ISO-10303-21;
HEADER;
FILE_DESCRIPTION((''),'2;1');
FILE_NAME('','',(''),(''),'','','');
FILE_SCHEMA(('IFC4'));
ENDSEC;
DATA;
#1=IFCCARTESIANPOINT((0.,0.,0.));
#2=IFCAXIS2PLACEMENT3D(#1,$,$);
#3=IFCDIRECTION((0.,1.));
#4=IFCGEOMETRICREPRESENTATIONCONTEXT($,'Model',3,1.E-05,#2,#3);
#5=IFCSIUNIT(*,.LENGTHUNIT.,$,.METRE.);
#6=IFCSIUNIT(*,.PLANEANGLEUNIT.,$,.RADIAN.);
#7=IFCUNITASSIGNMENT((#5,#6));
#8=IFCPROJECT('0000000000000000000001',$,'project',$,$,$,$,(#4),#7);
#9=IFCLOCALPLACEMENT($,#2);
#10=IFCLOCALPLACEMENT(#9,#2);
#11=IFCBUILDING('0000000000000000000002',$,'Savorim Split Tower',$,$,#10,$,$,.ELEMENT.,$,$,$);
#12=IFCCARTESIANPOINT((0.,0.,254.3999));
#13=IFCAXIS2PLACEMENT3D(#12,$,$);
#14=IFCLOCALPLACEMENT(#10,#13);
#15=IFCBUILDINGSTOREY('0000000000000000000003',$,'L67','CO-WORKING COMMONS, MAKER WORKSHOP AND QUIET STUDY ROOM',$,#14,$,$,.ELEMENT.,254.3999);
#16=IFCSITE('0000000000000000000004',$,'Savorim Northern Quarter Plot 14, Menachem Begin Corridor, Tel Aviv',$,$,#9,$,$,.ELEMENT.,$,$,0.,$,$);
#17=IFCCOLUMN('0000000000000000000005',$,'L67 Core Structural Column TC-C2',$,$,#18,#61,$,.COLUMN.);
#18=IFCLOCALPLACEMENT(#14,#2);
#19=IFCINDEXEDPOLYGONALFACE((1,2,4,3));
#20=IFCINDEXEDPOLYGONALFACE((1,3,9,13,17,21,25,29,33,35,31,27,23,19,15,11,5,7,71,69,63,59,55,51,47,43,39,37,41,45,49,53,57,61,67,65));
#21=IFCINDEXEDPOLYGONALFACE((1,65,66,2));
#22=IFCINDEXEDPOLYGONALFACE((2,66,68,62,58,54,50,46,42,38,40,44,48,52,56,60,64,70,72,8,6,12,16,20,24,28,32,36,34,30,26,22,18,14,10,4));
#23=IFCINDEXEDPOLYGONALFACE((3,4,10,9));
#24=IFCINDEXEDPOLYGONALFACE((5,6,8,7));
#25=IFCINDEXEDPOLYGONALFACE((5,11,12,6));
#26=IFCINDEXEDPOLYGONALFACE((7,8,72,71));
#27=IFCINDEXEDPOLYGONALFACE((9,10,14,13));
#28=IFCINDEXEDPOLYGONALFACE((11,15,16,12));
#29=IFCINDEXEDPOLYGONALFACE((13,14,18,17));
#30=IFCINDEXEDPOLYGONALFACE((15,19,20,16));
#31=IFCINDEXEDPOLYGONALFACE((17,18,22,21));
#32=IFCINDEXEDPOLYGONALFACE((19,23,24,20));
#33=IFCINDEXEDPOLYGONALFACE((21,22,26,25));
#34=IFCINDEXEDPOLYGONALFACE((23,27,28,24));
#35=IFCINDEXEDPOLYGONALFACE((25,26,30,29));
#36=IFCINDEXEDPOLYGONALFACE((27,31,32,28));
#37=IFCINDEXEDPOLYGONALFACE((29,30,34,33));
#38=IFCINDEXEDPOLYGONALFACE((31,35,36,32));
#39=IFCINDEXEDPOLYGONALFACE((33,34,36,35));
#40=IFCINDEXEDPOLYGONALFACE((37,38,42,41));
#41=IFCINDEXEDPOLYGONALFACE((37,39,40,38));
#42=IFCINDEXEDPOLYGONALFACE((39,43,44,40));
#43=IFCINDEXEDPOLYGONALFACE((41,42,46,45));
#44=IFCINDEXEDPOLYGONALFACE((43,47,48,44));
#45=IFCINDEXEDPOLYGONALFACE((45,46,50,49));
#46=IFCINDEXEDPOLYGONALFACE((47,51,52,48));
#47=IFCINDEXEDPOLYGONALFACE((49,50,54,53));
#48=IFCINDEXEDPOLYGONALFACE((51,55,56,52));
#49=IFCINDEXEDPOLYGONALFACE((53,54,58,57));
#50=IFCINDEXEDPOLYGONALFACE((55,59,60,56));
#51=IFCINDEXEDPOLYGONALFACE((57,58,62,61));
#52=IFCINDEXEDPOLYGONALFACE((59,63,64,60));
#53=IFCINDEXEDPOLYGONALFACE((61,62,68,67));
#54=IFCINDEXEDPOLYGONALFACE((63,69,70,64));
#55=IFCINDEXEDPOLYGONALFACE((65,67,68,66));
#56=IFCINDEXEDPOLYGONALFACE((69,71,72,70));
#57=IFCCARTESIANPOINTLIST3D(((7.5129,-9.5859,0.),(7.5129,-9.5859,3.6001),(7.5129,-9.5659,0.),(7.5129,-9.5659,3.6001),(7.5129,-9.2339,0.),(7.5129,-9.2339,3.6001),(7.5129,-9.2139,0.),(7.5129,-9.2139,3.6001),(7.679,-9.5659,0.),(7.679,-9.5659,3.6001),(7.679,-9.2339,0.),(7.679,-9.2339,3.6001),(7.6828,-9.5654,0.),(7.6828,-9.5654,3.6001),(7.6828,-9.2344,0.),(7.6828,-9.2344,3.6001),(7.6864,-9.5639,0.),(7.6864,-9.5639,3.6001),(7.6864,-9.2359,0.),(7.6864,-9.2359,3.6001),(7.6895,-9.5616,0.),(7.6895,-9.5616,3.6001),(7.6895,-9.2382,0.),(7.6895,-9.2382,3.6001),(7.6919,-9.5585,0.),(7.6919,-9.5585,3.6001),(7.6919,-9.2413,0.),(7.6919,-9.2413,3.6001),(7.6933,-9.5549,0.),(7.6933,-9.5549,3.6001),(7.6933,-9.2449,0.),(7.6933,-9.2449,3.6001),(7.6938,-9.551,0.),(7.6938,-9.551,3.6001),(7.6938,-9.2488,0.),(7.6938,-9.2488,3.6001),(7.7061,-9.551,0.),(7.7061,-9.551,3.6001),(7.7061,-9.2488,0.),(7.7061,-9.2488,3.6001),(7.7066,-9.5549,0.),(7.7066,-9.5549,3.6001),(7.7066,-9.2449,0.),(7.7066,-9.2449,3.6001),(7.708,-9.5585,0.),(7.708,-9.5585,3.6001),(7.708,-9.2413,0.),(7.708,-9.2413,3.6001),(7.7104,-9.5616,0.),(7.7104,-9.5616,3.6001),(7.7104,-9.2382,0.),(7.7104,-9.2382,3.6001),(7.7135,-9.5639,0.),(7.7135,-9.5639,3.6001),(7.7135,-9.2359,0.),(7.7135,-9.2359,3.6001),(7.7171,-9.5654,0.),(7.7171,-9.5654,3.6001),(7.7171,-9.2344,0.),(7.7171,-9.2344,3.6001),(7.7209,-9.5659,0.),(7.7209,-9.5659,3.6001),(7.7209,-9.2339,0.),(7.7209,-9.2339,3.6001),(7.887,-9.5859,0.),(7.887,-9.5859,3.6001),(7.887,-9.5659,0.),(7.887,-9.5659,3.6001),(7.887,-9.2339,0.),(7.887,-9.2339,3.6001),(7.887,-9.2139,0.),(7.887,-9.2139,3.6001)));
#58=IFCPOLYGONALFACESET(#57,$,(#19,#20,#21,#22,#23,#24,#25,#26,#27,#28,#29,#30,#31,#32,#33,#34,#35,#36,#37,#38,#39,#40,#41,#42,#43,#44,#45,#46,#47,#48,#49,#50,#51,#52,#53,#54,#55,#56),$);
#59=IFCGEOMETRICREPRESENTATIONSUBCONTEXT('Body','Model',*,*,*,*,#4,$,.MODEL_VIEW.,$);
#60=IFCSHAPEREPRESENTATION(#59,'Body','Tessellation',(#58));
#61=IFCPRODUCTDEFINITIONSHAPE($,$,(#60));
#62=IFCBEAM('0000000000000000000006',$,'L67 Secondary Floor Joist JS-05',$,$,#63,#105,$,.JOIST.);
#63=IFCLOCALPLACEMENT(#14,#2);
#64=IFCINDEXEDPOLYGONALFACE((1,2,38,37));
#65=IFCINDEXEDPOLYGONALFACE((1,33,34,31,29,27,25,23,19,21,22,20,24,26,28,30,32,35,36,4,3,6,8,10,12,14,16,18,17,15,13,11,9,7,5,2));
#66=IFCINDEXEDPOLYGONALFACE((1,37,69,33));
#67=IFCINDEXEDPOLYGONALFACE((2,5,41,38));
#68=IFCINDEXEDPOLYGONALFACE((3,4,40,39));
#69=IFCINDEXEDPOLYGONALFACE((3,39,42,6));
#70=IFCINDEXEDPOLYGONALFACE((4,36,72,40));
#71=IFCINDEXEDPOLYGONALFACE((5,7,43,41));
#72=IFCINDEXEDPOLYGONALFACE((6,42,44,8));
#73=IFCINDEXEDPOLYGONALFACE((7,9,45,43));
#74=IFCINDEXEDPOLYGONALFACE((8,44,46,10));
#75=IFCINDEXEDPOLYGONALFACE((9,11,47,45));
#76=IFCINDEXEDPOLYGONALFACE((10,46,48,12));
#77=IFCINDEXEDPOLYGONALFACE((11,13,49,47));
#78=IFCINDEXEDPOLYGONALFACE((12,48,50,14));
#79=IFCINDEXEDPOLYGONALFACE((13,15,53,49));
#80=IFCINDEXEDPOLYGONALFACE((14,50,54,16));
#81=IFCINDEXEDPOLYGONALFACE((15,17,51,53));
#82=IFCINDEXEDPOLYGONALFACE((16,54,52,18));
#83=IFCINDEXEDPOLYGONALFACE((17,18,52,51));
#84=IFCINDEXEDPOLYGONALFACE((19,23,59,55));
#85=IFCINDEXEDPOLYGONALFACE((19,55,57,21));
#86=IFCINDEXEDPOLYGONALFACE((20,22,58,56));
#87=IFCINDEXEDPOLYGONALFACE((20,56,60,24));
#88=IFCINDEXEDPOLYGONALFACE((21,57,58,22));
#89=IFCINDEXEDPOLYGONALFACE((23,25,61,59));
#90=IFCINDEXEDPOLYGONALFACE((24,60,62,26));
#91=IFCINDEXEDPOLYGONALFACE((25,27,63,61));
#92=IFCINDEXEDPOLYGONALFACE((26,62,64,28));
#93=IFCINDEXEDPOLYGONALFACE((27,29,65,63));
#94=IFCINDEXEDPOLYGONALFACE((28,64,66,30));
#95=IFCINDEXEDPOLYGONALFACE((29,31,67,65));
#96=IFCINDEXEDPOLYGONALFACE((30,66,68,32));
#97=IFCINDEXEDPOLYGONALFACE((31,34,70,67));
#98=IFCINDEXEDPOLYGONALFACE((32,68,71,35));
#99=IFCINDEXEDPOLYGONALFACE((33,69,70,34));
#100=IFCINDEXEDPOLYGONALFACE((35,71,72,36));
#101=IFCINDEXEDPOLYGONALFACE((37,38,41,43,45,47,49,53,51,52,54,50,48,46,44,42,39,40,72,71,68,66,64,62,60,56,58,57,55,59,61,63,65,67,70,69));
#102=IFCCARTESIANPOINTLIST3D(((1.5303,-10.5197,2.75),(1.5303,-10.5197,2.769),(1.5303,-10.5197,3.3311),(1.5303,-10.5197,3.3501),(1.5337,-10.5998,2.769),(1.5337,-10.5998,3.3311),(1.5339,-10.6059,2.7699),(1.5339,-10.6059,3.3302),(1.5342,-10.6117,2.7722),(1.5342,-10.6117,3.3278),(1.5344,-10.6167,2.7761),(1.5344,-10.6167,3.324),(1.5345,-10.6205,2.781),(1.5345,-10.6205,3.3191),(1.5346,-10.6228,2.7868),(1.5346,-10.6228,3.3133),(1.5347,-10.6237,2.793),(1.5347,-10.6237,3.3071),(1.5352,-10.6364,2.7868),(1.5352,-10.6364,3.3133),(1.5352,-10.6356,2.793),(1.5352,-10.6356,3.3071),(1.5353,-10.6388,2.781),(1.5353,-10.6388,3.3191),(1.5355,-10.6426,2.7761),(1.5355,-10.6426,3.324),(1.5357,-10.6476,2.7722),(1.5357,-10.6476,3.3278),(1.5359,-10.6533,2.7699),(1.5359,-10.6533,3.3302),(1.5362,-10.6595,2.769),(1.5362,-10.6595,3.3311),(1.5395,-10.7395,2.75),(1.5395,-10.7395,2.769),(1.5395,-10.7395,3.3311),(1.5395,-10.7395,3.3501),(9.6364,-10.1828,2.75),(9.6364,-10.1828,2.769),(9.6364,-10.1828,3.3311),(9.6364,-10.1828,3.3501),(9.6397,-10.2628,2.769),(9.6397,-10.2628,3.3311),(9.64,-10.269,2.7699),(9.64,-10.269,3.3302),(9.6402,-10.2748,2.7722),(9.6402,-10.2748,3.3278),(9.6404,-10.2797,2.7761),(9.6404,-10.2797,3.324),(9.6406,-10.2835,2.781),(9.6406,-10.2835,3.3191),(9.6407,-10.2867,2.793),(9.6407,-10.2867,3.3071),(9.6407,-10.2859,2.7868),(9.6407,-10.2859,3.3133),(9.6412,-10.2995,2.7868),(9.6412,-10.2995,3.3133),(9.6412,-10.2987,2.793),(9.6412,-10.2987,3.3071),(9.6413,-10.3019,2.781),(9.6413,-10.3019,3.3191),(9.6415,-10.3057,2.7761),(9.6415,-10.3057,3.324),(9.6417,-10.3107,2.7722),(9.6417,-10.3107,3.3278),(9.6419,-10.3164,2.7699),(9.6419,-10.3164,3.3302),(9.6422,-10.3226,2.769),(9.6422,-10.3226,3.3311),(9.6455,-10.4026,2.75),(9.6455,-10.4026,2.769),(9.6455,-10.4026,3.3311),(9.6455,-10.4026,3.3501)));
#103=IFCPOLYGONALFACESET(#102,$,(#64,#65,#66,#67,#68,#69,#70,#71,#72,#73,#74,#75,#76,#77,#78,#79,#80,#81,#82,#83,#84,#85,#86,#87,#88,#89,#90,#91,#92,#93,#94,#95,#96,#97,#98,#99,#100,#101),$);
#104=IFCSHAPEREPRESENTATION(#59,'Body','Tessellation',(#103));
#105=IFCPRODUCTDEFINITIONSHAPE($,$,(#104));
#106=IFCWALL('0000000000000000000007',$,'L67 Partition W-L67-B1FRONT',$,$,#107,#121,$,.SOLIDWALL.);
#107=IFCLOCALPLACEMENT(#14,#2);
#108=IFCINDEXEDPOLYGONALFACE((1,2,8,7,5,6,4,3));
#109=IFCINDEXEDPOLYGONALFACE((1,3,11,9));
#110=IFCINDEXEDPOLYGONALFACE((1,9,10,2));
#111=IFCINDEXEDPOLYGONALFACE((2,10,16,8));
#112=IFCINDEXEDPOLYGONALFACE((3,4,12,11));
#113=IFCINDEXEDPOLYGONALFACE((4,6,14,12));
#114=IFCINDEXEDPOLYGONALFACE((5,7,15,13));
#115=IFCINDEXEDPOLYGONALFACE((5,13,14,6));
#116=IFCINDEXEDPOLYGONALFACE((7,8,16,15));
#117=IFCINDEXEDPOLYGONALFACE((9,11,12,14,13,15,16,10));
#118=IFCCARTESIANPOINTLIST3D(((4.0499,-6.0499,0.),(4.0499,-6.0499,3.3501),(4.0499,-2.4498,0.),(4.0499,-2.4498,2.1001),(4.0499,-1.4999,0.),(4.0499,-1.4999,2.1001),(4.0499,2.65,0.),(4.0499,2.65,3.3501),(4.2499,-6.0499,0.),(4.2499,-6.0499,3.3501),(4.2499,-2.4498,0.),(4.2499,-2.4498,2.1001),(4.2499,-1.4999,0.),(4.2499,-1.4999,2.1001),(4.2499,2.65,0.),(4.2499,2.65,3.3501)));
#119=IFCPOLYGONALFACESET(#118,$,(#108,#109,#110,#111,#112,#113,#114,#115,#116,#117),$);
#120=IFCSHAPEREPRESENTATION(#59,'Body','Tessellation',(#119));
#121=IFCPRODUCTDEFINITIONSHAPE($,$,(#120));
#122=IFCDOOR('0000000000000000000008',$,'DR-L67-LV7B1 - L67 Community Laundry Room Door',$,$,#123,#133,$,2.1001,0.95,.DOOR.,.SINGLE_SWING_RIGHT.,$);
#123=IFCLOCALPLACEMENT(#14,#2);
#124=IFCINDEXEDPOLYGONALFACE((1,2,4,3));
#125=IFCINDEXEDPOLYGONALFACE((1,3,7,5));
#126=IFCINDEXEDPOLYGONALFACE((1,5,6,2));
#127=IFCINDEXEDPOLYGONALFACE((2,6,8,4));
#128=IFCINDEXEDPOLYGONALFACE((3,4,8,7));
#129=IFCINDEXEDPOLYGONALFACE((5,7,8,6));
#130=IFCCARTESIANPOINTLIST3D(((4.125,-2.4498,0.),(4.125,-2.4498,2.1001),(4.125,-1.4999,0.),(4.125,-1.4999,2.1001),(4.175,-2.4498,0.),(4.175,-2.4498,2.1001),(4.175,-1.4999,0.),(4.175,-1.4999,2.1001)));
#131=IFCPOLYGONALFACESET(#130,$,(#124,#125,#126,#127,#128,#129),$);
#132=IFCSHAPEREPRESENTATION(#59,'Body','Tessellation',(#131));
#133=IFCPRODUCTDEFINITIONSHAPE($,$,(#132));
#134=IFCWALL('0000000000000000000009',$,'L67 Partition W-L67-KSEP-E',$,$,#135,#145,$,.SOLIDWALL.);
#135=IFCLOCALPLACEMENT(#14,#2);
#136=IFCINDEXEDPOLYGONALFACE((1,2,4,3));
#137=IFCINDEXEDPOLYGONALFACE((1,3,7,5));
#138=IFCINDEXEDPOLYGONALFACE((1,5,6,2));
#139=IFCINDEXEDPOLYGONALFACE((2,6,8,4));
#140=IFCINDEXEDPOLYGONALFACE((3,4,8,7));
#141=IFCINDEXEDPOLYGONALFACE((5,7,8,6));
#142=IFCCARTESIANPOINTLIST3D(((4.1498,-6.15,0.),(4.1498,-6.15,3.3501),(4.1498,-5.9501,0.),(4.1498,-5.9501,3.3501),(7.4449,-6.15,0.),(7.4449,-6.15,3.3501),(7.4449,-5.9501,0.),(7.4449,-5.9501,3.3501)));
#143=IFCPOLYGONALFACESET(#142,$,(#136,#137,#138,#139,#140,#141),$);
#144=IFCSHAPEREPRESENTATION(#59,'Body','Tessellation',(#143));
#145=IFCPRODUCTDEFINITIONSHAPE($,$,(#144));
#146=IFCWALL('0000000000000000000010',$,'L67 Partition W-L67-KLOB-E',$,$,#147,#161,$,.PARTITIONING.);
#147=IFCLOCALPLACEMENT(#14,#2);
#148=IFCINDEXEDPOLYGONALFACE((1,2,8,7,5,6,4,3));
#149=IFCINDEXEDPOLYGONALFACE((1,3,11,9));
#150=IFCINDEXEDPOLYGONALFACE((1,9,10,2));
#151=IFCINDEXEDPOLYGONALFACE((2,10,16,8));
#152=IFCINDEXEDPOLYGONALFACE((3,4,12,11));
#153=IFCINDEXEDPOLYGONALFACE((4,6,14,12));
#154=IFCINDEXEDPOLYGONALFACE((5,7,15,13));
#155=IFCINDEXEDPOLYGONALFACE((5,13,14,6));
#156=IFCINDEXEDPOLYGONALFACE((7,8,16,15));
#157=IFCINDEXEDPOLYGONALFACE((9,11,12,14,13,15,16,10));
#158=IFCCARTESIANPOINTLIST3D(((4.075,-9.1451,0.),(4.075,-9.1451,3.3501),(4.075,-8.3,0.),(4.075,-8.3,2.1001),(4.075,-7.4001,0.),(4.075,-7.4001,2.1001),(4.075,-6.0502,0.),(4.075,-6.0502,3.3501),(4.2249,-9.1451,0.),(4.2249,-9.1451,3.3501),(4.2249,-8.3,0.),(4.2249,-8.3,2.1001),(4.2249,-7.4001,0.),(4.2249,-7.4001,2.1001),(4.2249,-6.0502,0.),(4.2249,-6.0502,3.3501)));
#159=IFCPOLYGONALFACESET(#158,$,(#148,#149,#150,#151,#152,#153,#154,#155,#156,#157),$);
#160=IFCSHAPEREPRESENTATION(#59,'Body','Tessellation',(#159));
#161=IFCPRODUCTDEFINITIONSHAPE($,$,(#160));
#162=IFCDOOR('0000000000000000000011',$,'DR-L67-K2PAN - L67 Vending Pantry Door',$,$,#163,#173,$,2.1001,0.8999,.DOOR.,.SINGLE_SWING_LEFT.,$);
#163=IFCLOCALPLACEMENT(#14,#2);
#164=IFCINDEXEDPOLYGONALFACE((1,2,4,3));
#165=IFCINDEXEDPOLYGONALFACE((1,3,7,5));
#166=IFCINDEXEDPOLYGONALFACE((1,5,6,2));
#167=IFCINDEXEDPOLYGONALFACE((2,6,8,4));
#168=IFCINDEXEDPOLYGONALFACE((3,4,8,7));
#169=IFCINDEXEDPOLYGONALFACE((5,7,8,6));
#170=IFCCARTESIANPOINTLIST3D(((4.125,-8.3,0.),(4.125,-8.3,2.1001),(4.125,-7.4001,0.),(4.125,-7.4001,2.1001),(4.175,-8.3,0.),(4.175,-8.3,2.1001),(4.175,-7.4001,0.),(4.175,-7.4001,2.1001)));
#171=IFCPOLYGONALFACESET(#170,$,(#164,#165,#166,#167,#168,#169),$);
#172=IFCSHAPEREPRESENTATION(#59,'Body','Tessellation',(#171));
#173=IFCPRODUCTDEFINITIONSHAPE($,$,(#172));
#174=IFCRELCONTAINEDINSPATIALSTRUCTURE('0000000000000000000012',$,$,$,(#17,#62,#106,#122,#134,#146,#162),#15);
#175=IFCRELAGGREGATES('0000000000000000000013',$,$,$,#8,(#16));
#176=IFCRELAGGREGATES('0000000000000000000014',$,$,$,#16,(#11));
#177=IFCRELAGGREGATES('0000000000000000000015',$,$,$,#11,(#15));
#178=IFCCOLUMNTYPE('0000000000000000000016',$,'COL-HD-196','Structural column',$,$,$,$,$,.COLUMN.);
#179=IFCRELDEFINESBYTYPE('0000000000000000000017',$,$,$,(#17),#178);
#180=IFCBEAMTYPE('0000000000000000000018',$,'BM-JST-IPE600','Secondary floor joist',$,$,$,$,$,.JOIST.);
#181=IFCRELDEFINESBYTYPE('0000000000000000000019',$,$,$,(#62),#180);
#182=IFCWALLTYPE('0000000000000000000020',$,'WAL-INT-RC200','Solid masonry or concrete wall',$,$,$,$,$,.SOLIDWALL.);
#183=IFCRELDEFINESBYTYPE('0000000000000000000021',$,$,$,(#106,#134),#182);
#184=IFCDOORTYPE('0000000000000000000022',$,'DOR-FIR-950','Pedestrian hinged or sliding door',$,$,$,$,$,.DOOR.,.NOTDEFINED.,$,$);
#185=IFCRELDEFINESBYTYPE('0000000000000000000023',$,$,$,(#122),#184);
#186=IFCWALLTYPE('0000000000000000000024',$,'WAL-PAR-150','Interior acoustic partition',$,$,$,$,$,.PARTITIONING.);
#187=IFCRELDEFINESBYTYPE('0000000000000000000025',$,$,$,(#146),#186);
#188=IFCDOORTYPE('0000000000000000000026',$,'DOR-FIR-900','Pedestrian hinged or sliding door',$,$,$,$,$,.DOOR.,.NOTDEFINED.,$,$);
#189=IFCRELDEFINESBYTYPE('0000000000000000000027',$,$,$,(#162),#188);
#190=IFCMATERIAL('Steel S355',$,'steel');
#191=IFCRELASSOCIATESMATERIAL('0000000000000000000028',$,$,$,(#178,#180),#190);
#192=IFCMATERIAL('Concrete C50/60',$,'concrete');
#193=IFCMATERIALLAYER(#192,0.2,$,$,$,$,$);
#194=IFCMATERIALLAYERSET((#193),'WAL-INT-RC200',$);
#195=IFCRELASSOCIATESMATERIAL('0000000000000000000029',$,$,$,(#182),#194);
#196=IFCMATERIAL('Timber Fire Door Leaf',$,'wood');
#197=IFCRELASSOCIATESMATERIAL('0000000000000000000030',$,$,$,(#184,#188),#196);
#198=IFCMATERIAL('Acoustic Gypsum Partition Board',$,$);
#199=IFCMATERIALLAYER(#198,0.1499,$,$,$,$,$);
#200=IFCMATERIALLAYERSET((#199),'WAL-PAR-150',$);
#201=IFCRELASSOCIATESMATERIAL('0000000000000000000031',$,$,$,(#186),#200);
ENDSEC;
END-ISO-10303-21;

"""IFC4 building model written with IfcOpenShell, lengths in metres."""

from ifc_helpers import new_model, si_unit, direction, frame, frame_2d, origin, origin_2d, place, context, subcontext, project, spatial, rectangle, i_section, extrude, material, layer, layer_set, material_profile, profile_set, type_object, element, fill, save


model = new_model("IFC4")

# Units and contexts
model_context = context("Model", 3, precision=1e-05, world=origin(), true_north=direction((0.0, 1.0)))
body_context = subcontext(model_context, "Body", "Model", "MODEL_VIEW")
ifc_project = project(units=[si_unit("LENGTHUNIT", "METRE"), si_unit("PLANEANGLEUNIT", "RADIAN")], contexts=[model_context])

# Site, building, storey
site_placement = place(None, origin())
site = spatial("IfcSite", under=ifc_project, at=site_placement, Name="Savorim Northern Quarter Plot 14, Menachem Begin Corridor, Tel Aviv", CompositionType="ELEMENT", RefElevation=0.0)
building_placement = place(site_placement, origin())
building = spatial("IfcBuilding", under=site, at=building_placement, Name="Savorim Split Tower", CompositionType="ELEMENT")
storey_placement = place(building_placement, frame((0.0, 0.0, 254.3999)))
storey = spatial("IfcBuildingStorey", under=building, at=storey_placement, Name="L67", Description="CO-WORKING COMMONS, MAKER WORKSHOP AND QUIET STUDY ROOM", CompositionType="ELEMENT", Elevation=254.3999)

# Column
ifc_material_1 = material(Name="Steel S355", Category="steel")
ifc_material_profile_1 = material_profile(ifc_material_1, i_section(OverallWidth=0.374, OverallDepth=0.3721, WebThickness=0.0122, FlangeThickness=0.02, FilletRadius=0.0149, at=origin_2d()), Name="HD 360x196")
ifc_profile_set_1 = profile_set([ifc_material_profile_1], Name="Steel S355")
column_type = type_object("IfcColumnType", Name="COL-HD-196", Description="Structural column", PredefinedType="COLUMN", material=ifc_profile_set_1)
column_placement = place(storey_placement, frame((7.7, -9.3999, 0.0), z_axis=(0.0, 0.0, 1.0), x_axis=(1.0, 0.0, 0.0)))
element("IfcColumn", 1, at=column_placement, inside=storey, type_object=column_type, Name="L67 Core Structural Column TC-C2", PredefinedType="COLUMN", context=body_context, shape_type="SweptSolid", body=[
    extrude(i_section(OverallWidth=0.374, OverallDepth=0.3721, WebThickness=0.0122, FlangeThickness=0.02, FilletRadius=0.0149, at=origin_2d()), origin(), (0.0, 0.0, 1.0), 3.6001),
])

# Beam
ifc_material_profile_2 = material_profile(ifc_material_1, i_section(OverallWidth=0.22, OverallDepth=0.6001, WebThickness=0.012, FlangeThickness=0.019, FilletRadius=0.0239, at=origin_2d()), Name="IPE 600")
ifc_profile_set_2 = profile_set([ifc_material_profile_2], Name="Steel S355")
beam_type = type_object("IfcBeamType", Name="BM-JST-IPE600", Description="Secondary floor joist", PredefinedType="JOIST", material=ifc_profile_set_2)
beam_placement = place(storey_placement, frame((1.5349, -10.6296, 3.05), z_axis=(0.999137, 0.041528, 0.0), x_axis=(-0.041528, 0.999137, 0.0)))
element("IfcBeam", 2, at=beam_placement, inside=storey, type_object=beam_type, Name="L67 Secondary Floor Joist JS-05", PredefinedType="JOIST", context=body_context, shape_type="SweptSolid", body=[
    extrude(i_section(OverallWidth=0.22, OverallDepth=0.6001, WebThickness=0.012, FlangeThickness=0.019, FilletRadius=0.0239, at=origin_2d()), origin(), (0.0, 0.0, 1.0), 8.113),
])

# Wall, opening, door
ifc_material_2 = material(Name="Concrete C50/60", Category="concrete")
ifc_layer_1 = layer(ifc_material_2, 0.2)
ifc_layer_set_1 = layer_set([ifc_layer_1], Name="WAL-INT-RC200")
wall_type_1 = type_object("IfcWallType", Name="WAL-INT-RC200", Description="Solid masonry or concrete wall", PredefinedType="SOLIDWALL", material=ifc_layer_set_1)
wall_1_placement = place(storey_placement, frame((4.1499, -6.05, 0.0), z_axis=(0.0, 0.0, 1.0), x_axis=(0.0, 1.0, 0.0)))
wall_1 = element("IfcWall", 3, at=wall_1_placement, inside=storey, type_object=wall_type_1, Name="L67 Partition W-L67-B1FRONT", PredefinedType="SOLIDWALL", context=body_context, shape_type="SweptSolid", body=[
    extrude(rectangle(XDim=8.7, YDim=0.2, at=frame_2d((4.3501, 0.0))), origin(), (0.0, 0.0, 1.0), 3.3501),
])
opening_1_placement = place(wall_1_placement, frame((3.6001, 0.0, 0.0)))
opening_1 = element("IfcOpeningElement", 4, at=opening_1_placement, cuts=wall_1, PredefinedType="OPENING", context=body_context, shape_type="SweptSolid", body=[
    extrude(rectangle(XDim=0.95, YDim=2.1001, at=frame_2d((0.4751, 1.05))), frame((0.0, 0.1099, 0.0), z_axis=(0.0, -1.0, 0.0), x_axis=(1.0, 0.0, 0.0)), (0.0, 0.0, 1.0), 0.22),
])
ifc_material_3 = material(Name="Timber Fire Door Leaf", Category="wood")
door_type_1 = type_object("IfcDoorType", Name="DOR-FIR-950", Description="Pedestrian hinged or sliding door", OperationType="NOTDEFINED", PredefinedType="DOOR", material=ifc_material_3)
door_1_placement = place(opening_1_placement, origin())
door_1 = element("IfcDoor", 5, at=door_1_placement, inside=storey, type_object=door_type_1, Name="DR-L67-LV7B1 - L67 Community Laundry Room Door", OperationType="SINGLE_SWING_RIGHT", OverallHeight=2.1001, OverallWidth=0.95, PredefinedType="DOOR", context=body_context, shape_type="SweptSolid", body=[
    extrude(rectangle(XDim=0.95, YDim=2.1001, at=frame_2d((0.4751, 1.05))), frame((0.0, 0.0249, 0.0), z_axis=(0.0, -1.0, 0.0), x_axis=(1.0, 0.0, 0.0)), (0.0, 0.0, 1.0), 0.05),
])
fill(opening_1, door_1)

# Wall
wall_2_placement = place(storey_placement, frame((4.1499, -6.05, 0.0), z_axis=(0.0, 0.0, 1.0), x_axis=(1.0, 0.0, 0.0)))
element("IfcWall", 6, at=wall_2_placement, inside=storey, type_object=wall_type_1, Name="L67 Partition W-L67-KSEP-E", PredefinedType="SOLIDWALL", context=body_context, shape_type="SweptSolid", body=[
    extrude(rectangle(XDim=3.2952, YDim=0.2, at=frame_2d((1.6475, 0.0))), origin(), (0.0, 0.0, 1.0), 3.3501),
])

# Wall, opening, door
ifc_material_4 = material(Name="Acoustic Gypsum Partition Board")
ifc_layer_2 = layer(ifc_material_4, 0.1499)
ifc_layer_set_2 = layer_set([ifc_layer_2], Name="WAL-PAR-150")
wall_type_2 = type_object("IfcWallType", Name="WAL-PAR-150", Description="Interior acoustic partition", PredefinedType="PARTITIONING", material=ifc_layer_set_2)
wall_3_placement = place(storey_placement, frame((4.1499, -9.145, 0.0), z_axis=(0.0, 0.0, 1.0), x_axis=(0.0, 1.0, 0.0)))
wall_3 = element("IfcWall", 7, at=wall_3_placement, inside=storey, type_object=wall_type_2, Name="L67 Partition W-L67-KLOB-E", PredefinedType="PARTITIONING", context=body_context, shape_type="SweptSolid", body=[
    extrude(rectangle(XDim=3.095, YDim=0.1499, at=frame_2d((1.5474, 0.0))), origin(), (0.0, 0.0, 1.0), 3.3501),
])
opening_2_placement = place(wall_3_placement, frame((0.845, 0.0, 0.0)))
opening_2 = element("IfcOpeningElement", 8, at=opening_2_placement, cuts=wall_3, PredefinedType="OPENING", context=body_context, shape_type="SweptSolid", body=[
    extrude(rectangle(XDim=0.8999, YDim=2.1001, at=frame_2d((0.45, 1.05))), frame((0.0, 0.085, 0.0), z_axis=(0.0, -1.0, 0.0), x_axis=(1.0, 0.0, 0.0)), (0.0, 0.0, 1.0), 0.1699),
])
door_type_2 = type_object("IfcDoorType", Name="DOR-FIR-900", Description="Pedestrian hinged or sliding door", OperationType="NOTDEFINED", PredefinedType="DOOR", material=ifc_material_3)
door_2_placement = place(opening_2_placement, origin())
door_2 = element("IfcDoor", 9, at=door_2_placement, inside=storey, type_object=door_type_2, Name="DR-L67-K2PAN - L67 Vending Pantry Door", OperationType="SINGLE_SWING_LEFT", OverallHeight=2.1001, OverallWidth=0.8999, PredefinedType="DOOR", context=body_context, shape_type="SweptSolid", body=[
    extrude(rectangle(XDim=0.8999, YDim=2.1001, at=frame_2d((0.45, 1.05))), frame((0.0, 0.0249, 0.0), z_axis=(0.0, -1.0, 0.0), x_axis=(1.0, 0.0, 0.0)), (0.0, 0.0, 1.0), 0.05),
])
fill(opening_2, door_2)

save(model, "model.ifc")
